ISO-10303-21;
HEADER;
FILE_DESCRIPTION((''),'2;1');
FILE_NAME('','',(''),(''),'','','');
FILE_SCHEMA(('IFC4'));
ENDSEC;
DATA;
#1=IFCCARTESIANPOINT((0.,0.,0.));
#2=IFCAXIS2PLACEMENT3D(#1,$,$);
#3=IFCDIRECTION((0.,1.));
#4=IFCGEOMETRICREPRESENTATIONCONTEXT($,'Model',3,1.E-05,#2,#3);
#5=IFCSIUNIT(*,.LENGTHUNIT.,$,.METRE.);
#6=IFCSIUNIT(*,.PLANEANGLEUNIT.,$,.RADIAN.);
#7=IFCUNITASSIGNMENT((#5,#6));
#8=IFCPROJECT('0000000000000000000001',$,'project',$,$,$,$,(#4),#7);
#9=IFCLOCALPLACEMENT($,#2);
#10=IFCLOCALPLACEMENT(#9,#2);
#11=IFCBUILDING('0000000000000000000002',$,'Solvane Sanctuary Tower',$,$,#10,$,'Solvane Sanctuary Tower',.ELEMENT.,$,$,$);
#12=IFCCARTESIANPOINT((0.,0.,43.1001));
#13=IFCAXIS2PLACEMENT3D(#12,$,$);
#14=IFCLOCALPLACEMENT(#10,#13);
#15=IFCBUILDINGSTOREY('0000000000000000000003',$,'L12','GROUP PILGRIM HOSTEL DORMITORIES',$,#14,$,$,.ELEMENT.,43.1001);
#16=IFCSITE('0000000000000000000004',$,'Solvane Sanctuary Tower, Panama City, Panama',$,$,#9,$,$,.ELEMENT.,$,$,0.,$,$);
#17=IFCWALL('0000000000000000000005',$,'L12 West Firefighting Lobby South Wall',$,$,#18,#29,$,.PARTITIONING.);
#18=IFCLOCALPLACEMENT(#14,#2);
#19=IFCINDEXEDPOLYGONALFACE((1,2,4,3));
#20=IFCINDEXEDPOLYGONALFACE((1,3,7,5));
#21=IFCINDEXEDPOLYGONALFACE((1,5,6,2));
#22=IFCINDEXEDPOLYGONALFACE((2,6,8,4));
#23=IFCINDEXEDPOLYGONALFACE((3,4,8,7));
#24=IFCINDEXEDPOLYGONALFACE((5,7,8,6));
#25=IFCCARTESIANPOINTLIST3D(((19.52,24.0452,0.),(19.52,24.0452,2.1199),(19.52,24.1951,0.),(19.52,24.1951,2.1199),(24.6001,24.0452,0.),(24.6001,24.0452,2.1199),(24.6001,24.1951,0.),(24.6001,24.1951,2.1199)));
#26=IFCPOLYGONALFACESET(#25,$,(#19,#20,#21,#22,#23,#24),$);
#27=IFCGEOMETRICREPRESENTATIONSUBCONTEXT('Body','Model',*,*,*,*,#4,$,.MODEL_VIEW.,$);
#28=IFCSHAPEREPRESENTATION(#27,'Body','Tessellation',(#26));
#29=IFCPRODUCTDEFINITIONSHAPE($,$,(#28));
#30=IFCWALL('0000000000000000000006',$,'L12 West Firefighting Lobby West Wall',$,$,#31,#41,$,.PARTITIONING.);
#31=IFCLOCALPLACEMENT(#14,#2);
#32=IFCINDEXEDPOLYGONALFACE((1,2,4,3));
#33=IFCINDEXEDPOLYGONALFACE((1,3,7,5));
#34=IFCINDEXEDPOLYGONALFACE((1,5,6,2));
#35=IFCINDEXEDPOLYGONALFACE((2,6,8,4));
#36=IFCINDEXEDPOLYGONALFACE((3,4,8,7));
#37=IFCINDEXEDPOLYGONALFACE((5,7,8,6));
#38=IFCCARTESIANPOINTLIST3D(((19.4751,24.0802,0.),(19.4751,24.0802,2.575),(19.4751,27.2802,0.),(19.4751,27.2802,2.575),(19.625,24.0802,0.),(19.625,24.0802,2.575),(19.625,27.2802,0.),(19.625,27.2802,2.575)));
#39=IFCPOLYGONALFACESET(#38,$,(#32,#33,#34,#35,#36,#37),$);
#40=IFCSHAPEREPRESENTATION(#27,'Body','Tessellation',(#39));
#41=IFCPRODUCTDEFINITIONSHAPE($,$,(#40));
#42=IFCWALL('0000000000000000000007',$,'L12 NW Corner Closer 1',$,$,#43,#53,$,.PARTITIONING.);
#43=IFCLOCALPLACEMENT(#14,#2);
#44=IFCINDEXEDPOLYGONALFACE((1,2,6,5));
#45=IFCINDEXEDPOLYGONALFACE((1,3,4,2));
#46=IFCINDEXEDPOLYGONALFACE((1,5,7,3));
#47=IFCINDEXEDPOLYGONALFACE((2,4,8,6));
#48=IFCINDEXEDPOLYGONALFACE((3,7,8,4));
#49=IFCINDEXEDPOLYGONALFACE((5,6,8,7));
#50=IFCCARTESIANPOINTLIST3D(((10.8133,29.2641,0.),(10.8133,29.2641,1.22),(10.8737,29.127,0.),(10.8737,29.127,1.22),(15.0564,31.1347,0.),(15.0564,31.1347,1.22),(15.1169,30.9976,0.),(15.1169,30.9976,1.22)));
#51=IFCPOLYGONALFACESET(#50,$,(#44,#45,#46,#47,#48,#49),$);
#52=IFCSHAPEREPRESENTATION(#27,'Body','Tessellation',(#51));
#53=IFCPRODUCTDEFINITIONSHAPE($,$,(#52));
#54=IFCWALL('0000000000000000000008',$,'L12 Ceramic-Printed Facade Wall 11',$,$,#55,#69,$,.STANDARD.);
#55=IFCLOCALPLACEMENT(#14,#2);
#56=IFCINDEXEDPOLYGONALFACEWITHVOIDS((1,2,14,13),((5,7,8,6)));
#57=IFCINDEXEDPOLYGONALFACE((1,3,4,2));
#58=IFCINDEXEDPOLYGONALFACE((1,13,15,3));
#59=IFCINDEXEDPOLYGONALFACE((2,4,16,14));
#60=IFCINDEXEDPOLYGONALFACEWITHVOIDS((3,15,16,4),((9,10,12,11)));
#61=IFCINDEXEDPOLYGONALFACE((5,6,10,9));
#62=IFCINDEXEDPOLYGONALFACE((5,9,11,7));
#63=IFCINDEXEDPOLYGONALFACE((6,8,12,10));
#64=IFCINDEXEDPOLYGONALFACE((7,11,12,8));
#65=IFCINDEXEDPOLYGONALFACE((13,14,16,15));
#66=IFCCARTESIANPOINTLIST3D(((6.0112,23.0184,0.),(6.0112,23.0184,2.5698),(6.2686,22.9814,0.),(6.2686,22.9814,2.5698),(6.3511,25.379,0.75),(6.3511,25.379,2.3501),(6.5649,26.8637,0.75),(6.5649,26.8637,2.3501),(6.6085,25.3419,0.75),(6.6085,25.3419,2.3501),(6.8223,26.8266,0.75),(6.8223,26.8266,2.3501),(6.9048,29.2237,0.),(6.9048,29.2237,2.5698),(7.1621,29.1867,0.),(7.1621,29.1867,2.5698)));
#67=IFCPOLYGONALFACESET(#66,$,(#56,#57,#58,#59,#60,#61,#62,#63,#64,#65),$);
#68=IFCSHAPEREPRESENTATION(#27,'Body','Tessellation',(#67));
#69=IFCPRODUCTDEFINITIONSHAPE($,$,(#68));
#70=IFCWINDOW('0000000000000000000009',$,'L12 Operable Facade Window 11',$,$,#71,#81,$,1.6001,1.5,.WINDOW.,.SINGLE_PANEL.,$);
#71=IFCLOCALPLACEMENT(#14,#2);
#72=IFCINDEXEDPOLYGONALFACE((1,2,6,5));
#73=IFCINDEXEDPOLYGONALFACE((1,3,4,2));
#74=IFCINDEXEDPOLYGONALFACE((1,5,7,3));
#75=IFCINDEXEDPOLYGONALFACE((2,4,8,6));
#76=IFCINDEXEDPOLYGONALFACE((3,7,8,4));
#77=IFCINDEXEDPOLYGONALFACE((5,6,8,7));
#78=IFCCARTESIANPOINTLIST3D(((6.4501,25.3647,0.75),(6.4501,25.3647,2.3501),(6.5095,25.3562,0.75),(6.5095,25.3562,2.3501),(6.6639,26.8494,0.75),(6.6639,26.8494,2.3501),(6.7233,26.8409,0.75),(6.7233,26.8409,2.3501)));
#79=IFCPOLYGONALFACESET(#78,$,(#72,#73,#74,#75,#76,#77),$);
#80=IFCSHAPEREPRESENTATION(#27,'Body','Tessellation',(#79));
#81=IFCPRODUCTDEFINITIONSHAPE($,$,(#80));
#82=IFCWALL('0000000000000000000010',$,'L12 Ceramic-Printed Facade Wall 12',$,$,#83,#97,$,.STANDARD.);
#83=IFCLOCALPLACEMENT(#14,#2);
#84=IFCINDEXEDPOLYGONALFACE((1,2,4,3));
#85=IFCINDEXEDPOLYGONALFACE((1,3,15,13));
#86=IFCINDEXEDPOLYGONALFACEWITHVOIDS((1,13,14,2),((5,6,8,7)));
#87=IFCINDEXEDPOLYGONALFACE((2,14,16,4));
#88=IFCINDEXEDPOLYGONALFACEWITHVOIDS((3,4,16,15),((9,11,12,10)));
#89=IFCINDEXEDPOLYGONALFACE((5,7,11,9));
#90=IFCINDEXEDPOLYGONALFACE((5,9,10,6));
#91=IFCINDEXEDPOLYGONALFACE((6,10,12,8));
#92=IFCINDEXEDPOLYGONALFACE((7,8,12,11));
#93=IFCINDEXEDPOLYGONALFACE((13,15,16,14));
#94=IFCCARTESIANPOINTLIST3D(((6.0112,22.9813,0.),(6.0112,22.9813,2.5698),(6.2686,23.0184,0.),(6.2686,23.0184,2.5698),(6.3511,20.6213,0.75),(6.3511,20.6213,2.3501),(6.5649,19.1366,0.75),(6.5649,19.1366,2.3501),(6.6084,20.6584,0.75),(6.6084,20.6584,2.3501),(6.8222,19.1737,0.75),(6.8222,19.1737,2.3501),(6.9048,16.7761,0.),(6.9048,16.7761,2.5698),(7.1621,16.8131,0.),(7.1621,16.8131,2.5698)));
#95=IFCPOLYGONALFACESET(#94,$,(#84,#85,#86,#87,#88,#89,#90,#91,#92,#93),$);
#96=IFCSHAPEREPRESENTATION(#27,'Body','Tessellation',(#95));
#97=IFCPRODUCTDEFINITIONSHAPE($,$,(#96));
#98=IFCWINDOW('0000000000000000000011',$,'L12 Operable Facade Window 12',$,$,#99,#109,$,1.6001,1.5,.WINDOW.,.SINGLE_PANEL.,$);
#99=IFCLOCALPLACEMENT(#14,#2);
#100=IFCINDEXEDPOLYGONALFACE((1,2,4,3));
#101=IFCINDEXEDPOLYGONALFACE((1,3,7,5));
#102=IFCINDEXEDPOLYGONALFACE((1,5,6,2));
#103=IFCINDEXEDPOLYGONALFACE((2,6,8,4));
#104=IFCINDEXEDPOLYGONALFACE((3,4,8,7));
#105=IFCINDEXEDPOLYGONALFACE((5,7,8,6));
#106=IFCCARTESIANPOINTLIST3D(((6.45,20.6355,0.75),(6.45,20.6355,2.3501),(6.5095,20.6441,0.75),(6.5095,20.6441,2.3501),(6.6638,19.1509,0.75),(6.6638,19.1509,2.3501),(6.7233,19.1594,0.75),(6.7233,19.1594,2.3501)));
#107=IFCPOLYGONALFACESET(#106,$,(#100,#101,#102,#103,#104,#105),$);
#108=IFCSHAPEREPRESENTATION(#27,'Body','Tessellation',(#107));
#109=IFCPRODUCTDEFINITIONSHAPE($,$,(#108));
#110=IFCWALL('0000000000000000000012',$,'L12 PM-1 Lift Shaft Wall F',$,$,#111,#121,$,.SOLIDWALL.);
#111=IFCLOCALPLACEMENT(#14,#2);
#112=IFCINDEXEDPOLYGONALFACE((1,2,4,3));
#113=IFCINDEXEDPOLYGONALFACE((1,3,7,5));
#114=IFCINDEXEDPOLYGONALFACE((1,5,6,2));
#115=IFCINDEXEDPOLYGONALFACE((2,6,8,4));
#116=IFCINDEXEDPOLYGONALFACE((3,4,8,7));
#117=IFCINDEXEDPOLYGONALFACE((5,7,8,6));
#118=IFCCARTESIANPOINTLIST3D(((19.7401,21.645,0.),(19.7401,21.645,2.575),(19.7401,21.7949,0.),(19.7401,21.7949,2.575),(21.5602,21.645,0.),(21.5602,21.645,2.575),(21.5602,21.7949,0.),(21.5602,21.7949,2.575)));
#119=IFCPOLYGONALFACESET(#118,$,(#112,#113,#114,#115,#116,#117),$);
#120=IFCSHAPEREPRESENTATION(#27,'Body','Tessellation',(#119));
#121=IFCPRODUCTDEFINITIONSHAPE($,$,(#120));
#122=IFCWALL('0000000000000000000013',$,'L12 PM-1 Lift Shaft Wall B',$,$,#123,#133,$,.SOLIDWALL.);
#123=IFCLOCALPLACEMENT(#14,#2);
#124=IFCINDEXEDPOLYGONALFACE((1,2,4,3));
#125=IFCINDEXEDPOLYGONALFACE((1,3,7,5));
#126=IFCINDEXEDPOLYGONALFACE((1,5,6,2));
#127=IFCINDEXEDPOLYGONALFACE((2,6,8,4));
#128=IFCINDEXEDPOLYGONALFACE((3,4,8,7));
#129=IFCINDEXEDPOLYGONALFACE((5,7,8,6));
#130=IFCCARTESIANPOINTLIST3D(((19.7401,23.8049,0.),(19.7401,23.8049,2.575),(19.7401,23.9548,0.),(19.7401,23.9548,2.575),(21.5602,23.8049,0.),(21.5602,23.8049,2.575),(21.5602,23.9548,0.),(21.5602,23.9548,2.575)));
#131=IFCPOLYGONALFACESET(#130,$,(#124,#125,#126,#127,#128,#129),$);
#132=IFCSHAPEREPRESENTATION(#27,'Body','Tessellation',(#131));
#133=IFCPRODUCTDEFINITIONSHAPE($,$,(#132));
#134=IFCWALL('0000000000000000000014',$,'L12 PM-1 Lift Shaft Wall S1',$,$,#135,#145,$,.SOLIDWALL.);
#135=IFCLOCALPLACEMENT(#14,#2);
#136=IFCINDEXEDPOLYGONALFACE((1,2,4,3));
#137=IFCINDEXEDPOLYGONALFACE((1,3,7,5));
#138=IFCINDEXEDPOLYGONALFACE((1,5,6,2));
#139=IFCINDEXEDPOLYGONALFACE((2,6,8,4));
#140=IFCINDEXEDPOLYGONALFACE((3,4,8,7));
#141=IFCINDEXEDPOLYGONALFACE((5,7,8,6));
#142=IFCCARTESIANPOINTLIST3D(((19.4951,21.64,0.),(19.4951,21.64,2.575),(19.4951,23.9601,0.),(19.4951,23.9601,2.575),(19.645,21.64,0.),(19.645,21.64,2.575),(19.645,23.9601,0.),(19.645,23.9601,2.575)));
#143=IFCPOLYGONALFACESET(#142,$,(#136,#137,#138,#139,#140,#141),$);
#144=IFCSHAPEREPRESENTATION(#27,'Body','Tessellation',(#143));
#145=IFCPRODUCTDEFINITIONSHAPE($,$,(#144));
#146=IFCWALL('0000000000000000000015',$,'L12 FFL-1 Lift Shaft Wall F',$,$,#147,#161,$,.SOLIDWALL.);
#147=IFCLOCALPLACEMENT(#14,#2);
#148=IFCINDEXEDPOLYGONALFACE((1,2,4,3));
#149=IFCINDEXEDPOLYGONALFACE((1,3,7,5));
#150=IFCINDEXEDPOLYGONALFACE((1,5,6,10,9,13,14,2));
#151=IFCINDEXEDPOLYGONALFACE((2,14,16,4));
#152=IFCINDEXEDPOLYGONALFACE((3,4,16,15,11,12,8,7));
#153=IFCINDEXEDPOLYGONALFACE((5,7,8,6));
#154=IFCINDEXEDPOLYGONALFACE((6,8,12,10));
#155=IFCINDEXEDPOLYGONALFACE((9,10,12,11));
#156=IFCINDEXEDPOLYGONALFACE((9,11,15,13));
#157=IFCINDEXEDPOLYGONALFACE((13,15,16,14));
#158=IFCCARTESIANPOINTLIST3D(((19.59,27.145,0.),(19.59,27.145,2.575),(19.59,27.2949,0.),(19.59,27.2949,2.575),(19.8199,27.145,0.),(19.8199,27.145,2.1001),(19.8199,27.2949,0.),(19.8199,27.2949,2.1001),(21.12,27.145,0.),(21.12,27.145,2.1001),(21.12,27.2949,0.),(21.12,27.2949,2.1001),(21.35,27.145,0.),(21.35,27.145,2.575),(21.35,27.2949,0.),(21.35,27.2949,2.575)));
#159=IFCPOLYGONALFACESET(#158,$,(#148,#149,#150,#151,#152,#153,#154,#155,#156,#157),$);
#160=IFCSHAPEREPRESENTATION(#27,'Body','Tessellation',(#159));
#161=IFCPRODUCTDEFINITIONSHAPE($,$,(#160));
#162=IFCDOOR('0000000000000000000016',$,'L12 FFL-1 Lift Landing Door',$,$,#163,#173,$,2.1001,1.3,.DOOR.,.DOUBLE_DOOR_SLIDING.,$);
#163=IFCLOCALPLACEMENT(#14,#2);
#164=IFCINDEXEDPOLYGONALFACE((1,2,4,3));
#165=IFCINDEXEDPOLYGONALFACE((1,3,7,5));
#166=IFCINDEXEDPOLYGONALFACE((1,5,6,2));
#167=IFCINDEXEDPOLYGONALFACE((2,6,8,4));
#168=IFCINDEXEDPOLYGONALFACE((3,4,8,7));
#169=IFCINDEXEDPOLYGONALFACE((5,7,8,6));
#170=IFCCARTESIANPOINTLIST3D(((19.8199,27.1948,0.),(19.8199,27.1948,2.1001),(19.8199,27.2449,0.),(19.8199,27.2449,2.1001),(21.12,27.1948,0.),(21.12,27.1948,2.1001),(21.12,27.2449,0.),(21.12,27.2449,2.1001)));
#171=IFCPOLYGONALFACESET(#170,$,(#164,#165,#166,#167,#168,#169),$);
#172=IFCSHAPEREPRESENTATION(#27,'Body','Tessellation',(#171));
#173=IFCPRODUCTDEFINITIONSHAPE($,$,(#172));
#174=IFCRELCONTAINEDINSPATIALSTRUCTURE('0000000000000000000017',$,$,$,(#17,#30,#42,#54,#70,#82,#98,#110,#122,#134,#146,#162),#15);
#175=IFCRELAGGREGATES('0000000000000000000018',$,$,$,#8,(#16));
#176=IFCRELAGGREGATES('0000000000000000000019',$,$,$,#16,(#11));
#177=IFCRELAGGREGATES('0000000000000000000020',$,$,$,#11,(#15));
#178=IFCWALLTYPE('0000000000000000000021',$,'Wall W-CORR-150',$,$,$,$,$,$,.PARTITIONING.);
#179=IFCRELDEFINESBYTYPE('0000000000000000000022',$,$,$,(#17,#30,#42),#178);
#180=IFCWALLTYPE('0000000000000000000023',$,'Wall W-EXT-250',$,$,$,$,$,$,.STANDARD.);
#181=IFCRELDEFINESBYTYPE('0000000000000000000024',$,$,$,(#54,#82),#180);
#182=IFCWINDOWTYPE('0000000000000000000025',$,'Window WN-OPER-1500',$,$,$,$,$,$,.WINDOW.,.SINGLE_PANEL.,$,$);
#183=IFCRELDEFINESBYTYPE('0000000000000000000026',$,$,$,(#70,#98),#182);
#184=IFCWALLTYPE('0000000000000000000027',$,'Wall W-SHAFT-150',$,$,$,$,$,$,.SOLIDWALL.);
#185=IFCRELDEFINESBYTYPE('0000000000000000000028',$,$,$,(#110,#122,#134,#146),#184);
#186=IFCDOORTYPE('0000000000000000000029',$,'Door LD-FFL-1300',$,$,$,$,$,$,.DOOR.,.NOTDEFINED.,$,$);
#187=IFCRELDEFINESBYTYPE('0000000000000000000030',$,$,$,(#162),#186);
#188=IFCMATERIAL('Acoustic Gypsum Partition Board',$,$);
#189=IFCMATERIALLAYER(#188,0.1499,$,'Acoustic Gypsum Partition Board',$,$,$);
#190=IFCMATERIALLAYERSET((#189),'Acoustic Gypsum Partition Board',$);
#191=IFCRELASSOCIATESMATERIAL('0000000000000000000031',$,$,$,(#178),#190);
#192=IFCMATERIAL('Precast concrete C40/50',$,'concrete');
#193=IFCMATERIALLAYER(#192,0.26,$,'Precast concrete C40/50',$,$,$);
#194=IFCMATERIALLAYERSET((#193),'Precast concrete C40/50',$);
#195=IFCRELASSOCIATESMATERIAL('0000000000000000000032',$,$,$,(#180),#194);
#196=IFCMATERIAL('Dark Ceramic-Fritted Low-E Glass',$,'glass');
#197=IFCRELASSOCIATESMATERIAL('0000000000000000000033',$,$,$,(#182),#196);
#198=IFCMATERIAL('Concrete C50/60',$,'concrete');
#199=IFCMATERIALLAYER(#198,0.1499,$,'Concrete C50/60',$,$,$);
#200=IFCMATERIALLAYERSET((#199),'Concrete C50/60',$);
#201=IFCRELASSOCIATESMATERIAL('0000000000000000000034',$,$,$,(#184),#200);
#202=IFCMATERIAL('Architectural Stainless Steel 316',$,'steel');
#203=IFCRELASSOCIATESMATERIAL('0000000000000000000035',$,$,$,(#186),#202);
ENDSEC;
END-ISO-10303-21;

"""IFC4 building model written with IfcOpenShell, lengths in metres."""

from ifc_helpers import new_model, si_unit, direction, frame, frame_2d, origin, place, context, subcontext, project, spatial, rectangle, extrude, material, layer, layer_set, type_object, element, fill, save


model = new_model("IFC4")

# Units and contexts
model_context = context("Model", 3, precision=1e-05, world=origin(), true_north=direction((0.0, 1.0)))
body_context = subcontext(model_context, "Body", "Model", "MODEL_VIEW")
ifc_project = project(units=[si_unit("LENGTHUNIT", "METRE"), si_unit("PLANEANGLEUNIT", "RADIAN")], contexts=[model_context])

# Site, building, storey
site_placement = place(None, origin())
site = spatial("IfcSite", under=ifc_project, at=site_placement, Name="Solvane Sanctuary Tower, Panama City, Panama", CompositionType="ELEMENT", RefElevation=0.0)
building_placement = place(site_placement, origin())
building = spatial("IfcBuilding", under=site, at=building_placement, Name="Solvane Sanctuary Tower", LongName="Solvane Sanctuary Tower", CompositionType="ELEMENT")
storey_placement = place(building_placement, frame((0.0, 0.0, 43.1001)))
storey = spatial("IfcBuildingStorey", under=building, at=storey_placement, Name="L12", Description="GROUP PILGRIM HOSTEL DORMITORIES", CompositionType="ELEMENT", Elevation=43.1001)

# Walls
ifc_material_1 = material(Name="Acoustic Gypsum Partition Board")
ifc_layer_1 = layer(ifc_material_1, 0.1499, Name="Acoustic Gypsum Partition Board")
ifc_layer_set_1 = layer_set([ifc_layer_1], Name="Acoustic Gypsum Partition Board")
wall_type_1 = type_object("IfcWallType", Name="Wall W-CORR-150", PredefinedType="PARTITIONING", material=ifc_layer_set_1)
wall_1_placement = place(storey_placement, frame((19.52, 24.1201, 0.0), z_axis=(0.0, 0.0, 1.0), x_axis=(1.0, 0.0, 0.0)))
element("IfcWall", 1, at=wall_1_placement, inside=storey, type_object=wall_type_1, Name="L12 West Firefighting Lobby South Wall", PredefinedType="PARTITIONING", context=body_context, shape_type="SweptSolid", body=[
    extrude(rectangle(XDim=5.0801, YDim=0.1499, at=frame_2d((2.54, 0.0))), origin(), (0.0, 0.0, 1.0), 2.1199),
])
wall_2_placement = place(storey_placement, frame((19.55, 24.0801, 0.0), z_axis=(0.0, 0.0, 1.0), x_axis=(0.0, 1.0, 0.0)))
element("IfcWall", 2, at=wall_2_placement, inside=storey, type_object=wall_type_1, Name="L12 West Firefighting Lobby West Wall", PredefinedType="PARTITIONING", context=body_context, shape_type="SweptSolid", body=[
    extrude(rectangle(XDim=3.2, YDim=0.1499, at=frame_2d((1.6001, 0.0))), origin(), (0.0, 0.0, 1.0), 2.575),
])
wall_3_placement = place(storey_placement, frame((10.8435, 29.1956, 0.0), z_axis=(0.0, 0.0, 1.0), x_axis=(0.915028, 0.403391, 0.0)))
element("IfcWall", 3, at=wall_3_placement, inside=storey, type_object=wall_type_1, Name="L12 NW Corner Closer 1", PredefinedType="PARTITIONING", context=body_context, shape_type="SweptSolid", body=[
    extrude(rectangle(XDim=4.6372, YDim=0.1499, at=frame_2d((2.3186, 0.0))), origin(), (0.0, 0.0, 1.0), 1.22),
])

# Walls, openings, windows
ifc_material_2 = material(Name="Precast concrete C40/50", Category="concrete")
ifc_layer_2 = layer(ifc_material_2, 0.26, Name="Precast concrete C40/50")
ifc_layer_set_2 = layer_set([ifc_layer_2], Name="Precast concrete C40/50")
wall_type_2 = type_object("IfcWallType", Name="Wall W-EXT-250", PredefinedType="STANDARD", material=ifc_layer_set_2)
wall_4_placement = place(storey_placement, frame((7.0334, 29.2053, 0.0), z_axis=(0.0, 0.0, 1.0), x_axis=(-0.142528, -0.989791, 0.0)))
wall_4 = element("IfcWall", 4, at=wall_4_placement, inside=storey, type_object=wall_type_2, Name="L12 Ceramic-Printed Facade Wall 11", PredefinedType="STANDARD", context=body_context, shape_type="SweptSolid", body=[
    extrude(rectangle(XDim=6.2693, YDim=0.26, at=frame_2d((3.1348, 0.0))), origin(), (0.0, 0.0, 1.0), 2.5698),
])
opening_1_placement = place(wall_4_placement, frame((2.3845, 0.0, 0.75)))
opening_1 = element("IfcOpeningElement", 5, at=opening_1_placement, cuts=wall_4, PredefinedType="OPENING", context=body_context, shape_type="SweptSolid", body=[
    extrude(rectangle(XDim=1.5, YDim=1.6001, at=frame_2d((0.75, 0.8))), frame((0.0, 0.1399, 0.0), z_axis=(0.0, -1.0, 0.0), x_axis=(1.0, 0.0, 0.0)), (0.0, 0.0, 1.0), 0.28),
])
ifc_material_3 = material(Name="Dark Ceramic-Fritted Low-E Glass", Category="glass")
window_type = type_object("IfcWindowType", Name="Window WN-OPER-1500", PartitioningType="SINGLE_PANEL", PredefinedType="WINDOW", material=ifc_material_3)
window_1_placement = place(opening_1_placement, origin())
window_1 = element("IfcWindow", 6, at=window_1_placement, inside=storey, type_object=window_type, Name="L12 Operable Facade Window 11", OverallHeight=1.6001, OverallWidth=1.5, PartitioningType="SINGLE_PANEL", PredefinedType="WINDOW", context=body_context, shape_type="SweptSolid", body=[
    extrude(rectangle(XDim=1.5, YDim=1.6001, at=frame_2d((0.75, 0.8))), frame((0.0, 0.03, 0.0), z_axis=(0.0, -1.0, 0.0), x_axis=(1.0, 0.0, 0.0)), (0.0, 0.0, 1.0), 0.0601),
])
fill(opening_1, window_1)
wall_5_placement = place(storey_placement, frame((6.1399, 23.0, 0.0), z_axis=(0.0, 0.0, 1.0), x_axis=(0.142528, -0.989791, 0.0)))
wall_5 = element("IfcWall", 7, at=wall_5_placement, inside=storey, type_object=wall_type_2, Name="L12 Ceramic-Printed Facade Wall 12", PredefinedType="STANDARD", context=body_context, shape_type="SweptSolid", body=[
    extrude(rectangle(XDim=6.2693, YDim=0.26, at=frame_2d((3.1348, 0.0))), origin(), (0.0, 0.0, 1.0), 2.5698),
])
opening_2_placement = place(wall_5_placement, frame((2.3845, 0.0, 0.75)))
opening_2 = element("IfcOpeningElement", 8, at=opening_2_placement, cuts=wall_5, PredefinedType="OPENING", context=body_context, shape_type="SweptSolid", body=[
    extrude(rectangle(XDim=1.5, YDim=1.6001, at=frame_2d((0.75, 0.8))), frame((0.0, 0.1399, 0.0), z_axis=(0.0, -1.0, 0.0), x_axis=(1.0, 0.0, 0.0)), (0.0, 0.0, 1.0), 0.28),
])
window_2_placement = place(opening_2_placement, origin())
window_2 = element("IfcWindow", 9, at=window_2_placement, inside=storey, type_object=window_type, Name="L12 Operable Facade Window 12", OverallHeight=1.6001, OverallWidth=1.5, PartitioningType="SINGLE_PANEL", PredefinedType="WINDOW", context=body_context, shape_type="SweptSolid", body=[
    extrude(rectangle(XDim=1.5, YDim=1.6001, at=frame_2d((0.75, 0.8))), frame((0.0, 0.03, 0.0), z_axis=(0.0, -1.0, 0.0), x_axis=(1.0, 0.0, 0.0)), (0.0, 0.0, 1.0), 0.0601),
])
fill(opening_2, window_2)

# Walls
ifc_material_4 = material(Name="Concrete C50/60", Category="concrete")
ifc_layer_3 = layer(ifc_material_4, 0.1499, Name="Concrete C50/60")
ifc_layer_set_3 = layer_set([ifc_layer_3], Name="Concrete C50/60")
wall_type_3 = type_object("IfcWallType", Name="Wall W-SHAFT-150", PredefinedType="SOLIDWALL", material=ifc_layer_set_3)
for number, where, z_axis, x_axis, name in (
    (10, (19.74, 21.72, 0.0), (0.0, 0.0, 1.0), (1.0, 0.0, 0.0), "L12 PM-1 Lift Shaft Wall F"),
    (11, (19.74, 23.8799, 0.0), (0.0, 0.0, 1.0), (1.0, 0.0, 0.0), "L12 PM-1 Lift Shaft Wall B"),
):
    element("IfcWall", number, at=place(storey_placement, frame(where, z_axis=z_axis, x_axis=x_axis)), inside=storey, type_object=wall_type_3, Name=name, PredefinedType="SOLIDWALL", context=body_context, shape_type="SweptSolid", body=[
        extrude(rectangle(XDim=1.8201, YDim=0.1499, at=frame_2d((0.9102, 0.0))), origin(), (0.0, 0.0, 1.0), 2.575),
    ])
wall_6_placement = place(storey_placement, frame((19.5701, 21.6399, 0.0), z_axis=(0.0, 0.0, 1.0), x_axis=(0.0, 1.0, 0.0)))
element("IfcWall", 12, at=wall_6_placement, inside=storey, type_object=wall_type_3, Name="L12 PM-1 Lift Shaft Wall S1", PredefinedType="SOLIDWALL", context=body_context, shape_type="SweptSolid", body=[
    extrude(rectangle(XDim=2.3201, YDim=0.1499, at=frame_2d((1.1602, 0.0))), origin(), (0.0, 0.0, 1.0), 2.575),
])

# Wall, opening, door
wall_7_placement = place(storey_placement, frame((19.5901, 27.22, 0.0), z_axis=(0.0, 0.0, 1.0), x_axis=(1.0, 0.0, 0.0)))
wall_7 = element("IfcWall", 13, at=wall_7_placement, inside=storey, type_object=wall_type_3, Name="L12 FFL-1 Lift Shaft Wall F", PredefinedType="SOLIDWALL", context=body_context, shape_type="SweptSolid", body=[
    extrude(rectangle(XDim=1.76, YDim=0.1499, at=frame_2d((0.8799, 0.0))), origin(), (0.0, 0.0, 1.0), 2.575),
])
opening_3_placement = place(wall_7_placement, frame((0.23, 0.0, 0.0)))
opening_3 = element("IfcOpeningElement", 14, at=opening_3_placement, cuts=wall_7, PredefinedType="OPENING", context=body_context, shape_type="SweptSolid", body=[
    extrude(rectangle(XDim=1.3, YDim=2.1001, at=frame_2d((0.6499, 1.05))), frame((0.0, 0.085, 0.0), z_axis=(0.0, -1.0, 0.0), x_axis=(1.0, 0.0, 0.0)), (0.0, 0.0, 1.0), 0.1699),
])
ifc_material_5 = material(Name="Architectural Stainless Steel 316", Category="steel")
door_type = type_object("IfcDoorType", Name="Door LD-FFL-1300", OperationType="NOTDEFINED", PredefinedType="DOOR", material=ifc_material_5)
door_placement = place(opening_3_placement, origin())
door = element("IfcDoor", 15, at=door_placement, inside=storey, type_object=door_type, Name="L12 FFL-1 Lift Landing Door", OperationType="DOUBLE_DOOR_SLIDING", OverallHeight=2.1001, OverallWidth=1.3, PredefinedType="DOOR", context=body_context, shape_type="SweptSolid", body=[
    extrude(rectangle(XDim=1.3, YDim=2.1001, at=frame_2d((0.6499, 1.05))), frame((0.0, 0.0249, 0.0), z_axis=(0.0, -1.0, 0.0), x_axis=(1.0, 0.0, 0.0)), (0.0, 0.0, 1.0), 0.05),
])
fill(opening_3, door)

save(model, "model.ifc")
